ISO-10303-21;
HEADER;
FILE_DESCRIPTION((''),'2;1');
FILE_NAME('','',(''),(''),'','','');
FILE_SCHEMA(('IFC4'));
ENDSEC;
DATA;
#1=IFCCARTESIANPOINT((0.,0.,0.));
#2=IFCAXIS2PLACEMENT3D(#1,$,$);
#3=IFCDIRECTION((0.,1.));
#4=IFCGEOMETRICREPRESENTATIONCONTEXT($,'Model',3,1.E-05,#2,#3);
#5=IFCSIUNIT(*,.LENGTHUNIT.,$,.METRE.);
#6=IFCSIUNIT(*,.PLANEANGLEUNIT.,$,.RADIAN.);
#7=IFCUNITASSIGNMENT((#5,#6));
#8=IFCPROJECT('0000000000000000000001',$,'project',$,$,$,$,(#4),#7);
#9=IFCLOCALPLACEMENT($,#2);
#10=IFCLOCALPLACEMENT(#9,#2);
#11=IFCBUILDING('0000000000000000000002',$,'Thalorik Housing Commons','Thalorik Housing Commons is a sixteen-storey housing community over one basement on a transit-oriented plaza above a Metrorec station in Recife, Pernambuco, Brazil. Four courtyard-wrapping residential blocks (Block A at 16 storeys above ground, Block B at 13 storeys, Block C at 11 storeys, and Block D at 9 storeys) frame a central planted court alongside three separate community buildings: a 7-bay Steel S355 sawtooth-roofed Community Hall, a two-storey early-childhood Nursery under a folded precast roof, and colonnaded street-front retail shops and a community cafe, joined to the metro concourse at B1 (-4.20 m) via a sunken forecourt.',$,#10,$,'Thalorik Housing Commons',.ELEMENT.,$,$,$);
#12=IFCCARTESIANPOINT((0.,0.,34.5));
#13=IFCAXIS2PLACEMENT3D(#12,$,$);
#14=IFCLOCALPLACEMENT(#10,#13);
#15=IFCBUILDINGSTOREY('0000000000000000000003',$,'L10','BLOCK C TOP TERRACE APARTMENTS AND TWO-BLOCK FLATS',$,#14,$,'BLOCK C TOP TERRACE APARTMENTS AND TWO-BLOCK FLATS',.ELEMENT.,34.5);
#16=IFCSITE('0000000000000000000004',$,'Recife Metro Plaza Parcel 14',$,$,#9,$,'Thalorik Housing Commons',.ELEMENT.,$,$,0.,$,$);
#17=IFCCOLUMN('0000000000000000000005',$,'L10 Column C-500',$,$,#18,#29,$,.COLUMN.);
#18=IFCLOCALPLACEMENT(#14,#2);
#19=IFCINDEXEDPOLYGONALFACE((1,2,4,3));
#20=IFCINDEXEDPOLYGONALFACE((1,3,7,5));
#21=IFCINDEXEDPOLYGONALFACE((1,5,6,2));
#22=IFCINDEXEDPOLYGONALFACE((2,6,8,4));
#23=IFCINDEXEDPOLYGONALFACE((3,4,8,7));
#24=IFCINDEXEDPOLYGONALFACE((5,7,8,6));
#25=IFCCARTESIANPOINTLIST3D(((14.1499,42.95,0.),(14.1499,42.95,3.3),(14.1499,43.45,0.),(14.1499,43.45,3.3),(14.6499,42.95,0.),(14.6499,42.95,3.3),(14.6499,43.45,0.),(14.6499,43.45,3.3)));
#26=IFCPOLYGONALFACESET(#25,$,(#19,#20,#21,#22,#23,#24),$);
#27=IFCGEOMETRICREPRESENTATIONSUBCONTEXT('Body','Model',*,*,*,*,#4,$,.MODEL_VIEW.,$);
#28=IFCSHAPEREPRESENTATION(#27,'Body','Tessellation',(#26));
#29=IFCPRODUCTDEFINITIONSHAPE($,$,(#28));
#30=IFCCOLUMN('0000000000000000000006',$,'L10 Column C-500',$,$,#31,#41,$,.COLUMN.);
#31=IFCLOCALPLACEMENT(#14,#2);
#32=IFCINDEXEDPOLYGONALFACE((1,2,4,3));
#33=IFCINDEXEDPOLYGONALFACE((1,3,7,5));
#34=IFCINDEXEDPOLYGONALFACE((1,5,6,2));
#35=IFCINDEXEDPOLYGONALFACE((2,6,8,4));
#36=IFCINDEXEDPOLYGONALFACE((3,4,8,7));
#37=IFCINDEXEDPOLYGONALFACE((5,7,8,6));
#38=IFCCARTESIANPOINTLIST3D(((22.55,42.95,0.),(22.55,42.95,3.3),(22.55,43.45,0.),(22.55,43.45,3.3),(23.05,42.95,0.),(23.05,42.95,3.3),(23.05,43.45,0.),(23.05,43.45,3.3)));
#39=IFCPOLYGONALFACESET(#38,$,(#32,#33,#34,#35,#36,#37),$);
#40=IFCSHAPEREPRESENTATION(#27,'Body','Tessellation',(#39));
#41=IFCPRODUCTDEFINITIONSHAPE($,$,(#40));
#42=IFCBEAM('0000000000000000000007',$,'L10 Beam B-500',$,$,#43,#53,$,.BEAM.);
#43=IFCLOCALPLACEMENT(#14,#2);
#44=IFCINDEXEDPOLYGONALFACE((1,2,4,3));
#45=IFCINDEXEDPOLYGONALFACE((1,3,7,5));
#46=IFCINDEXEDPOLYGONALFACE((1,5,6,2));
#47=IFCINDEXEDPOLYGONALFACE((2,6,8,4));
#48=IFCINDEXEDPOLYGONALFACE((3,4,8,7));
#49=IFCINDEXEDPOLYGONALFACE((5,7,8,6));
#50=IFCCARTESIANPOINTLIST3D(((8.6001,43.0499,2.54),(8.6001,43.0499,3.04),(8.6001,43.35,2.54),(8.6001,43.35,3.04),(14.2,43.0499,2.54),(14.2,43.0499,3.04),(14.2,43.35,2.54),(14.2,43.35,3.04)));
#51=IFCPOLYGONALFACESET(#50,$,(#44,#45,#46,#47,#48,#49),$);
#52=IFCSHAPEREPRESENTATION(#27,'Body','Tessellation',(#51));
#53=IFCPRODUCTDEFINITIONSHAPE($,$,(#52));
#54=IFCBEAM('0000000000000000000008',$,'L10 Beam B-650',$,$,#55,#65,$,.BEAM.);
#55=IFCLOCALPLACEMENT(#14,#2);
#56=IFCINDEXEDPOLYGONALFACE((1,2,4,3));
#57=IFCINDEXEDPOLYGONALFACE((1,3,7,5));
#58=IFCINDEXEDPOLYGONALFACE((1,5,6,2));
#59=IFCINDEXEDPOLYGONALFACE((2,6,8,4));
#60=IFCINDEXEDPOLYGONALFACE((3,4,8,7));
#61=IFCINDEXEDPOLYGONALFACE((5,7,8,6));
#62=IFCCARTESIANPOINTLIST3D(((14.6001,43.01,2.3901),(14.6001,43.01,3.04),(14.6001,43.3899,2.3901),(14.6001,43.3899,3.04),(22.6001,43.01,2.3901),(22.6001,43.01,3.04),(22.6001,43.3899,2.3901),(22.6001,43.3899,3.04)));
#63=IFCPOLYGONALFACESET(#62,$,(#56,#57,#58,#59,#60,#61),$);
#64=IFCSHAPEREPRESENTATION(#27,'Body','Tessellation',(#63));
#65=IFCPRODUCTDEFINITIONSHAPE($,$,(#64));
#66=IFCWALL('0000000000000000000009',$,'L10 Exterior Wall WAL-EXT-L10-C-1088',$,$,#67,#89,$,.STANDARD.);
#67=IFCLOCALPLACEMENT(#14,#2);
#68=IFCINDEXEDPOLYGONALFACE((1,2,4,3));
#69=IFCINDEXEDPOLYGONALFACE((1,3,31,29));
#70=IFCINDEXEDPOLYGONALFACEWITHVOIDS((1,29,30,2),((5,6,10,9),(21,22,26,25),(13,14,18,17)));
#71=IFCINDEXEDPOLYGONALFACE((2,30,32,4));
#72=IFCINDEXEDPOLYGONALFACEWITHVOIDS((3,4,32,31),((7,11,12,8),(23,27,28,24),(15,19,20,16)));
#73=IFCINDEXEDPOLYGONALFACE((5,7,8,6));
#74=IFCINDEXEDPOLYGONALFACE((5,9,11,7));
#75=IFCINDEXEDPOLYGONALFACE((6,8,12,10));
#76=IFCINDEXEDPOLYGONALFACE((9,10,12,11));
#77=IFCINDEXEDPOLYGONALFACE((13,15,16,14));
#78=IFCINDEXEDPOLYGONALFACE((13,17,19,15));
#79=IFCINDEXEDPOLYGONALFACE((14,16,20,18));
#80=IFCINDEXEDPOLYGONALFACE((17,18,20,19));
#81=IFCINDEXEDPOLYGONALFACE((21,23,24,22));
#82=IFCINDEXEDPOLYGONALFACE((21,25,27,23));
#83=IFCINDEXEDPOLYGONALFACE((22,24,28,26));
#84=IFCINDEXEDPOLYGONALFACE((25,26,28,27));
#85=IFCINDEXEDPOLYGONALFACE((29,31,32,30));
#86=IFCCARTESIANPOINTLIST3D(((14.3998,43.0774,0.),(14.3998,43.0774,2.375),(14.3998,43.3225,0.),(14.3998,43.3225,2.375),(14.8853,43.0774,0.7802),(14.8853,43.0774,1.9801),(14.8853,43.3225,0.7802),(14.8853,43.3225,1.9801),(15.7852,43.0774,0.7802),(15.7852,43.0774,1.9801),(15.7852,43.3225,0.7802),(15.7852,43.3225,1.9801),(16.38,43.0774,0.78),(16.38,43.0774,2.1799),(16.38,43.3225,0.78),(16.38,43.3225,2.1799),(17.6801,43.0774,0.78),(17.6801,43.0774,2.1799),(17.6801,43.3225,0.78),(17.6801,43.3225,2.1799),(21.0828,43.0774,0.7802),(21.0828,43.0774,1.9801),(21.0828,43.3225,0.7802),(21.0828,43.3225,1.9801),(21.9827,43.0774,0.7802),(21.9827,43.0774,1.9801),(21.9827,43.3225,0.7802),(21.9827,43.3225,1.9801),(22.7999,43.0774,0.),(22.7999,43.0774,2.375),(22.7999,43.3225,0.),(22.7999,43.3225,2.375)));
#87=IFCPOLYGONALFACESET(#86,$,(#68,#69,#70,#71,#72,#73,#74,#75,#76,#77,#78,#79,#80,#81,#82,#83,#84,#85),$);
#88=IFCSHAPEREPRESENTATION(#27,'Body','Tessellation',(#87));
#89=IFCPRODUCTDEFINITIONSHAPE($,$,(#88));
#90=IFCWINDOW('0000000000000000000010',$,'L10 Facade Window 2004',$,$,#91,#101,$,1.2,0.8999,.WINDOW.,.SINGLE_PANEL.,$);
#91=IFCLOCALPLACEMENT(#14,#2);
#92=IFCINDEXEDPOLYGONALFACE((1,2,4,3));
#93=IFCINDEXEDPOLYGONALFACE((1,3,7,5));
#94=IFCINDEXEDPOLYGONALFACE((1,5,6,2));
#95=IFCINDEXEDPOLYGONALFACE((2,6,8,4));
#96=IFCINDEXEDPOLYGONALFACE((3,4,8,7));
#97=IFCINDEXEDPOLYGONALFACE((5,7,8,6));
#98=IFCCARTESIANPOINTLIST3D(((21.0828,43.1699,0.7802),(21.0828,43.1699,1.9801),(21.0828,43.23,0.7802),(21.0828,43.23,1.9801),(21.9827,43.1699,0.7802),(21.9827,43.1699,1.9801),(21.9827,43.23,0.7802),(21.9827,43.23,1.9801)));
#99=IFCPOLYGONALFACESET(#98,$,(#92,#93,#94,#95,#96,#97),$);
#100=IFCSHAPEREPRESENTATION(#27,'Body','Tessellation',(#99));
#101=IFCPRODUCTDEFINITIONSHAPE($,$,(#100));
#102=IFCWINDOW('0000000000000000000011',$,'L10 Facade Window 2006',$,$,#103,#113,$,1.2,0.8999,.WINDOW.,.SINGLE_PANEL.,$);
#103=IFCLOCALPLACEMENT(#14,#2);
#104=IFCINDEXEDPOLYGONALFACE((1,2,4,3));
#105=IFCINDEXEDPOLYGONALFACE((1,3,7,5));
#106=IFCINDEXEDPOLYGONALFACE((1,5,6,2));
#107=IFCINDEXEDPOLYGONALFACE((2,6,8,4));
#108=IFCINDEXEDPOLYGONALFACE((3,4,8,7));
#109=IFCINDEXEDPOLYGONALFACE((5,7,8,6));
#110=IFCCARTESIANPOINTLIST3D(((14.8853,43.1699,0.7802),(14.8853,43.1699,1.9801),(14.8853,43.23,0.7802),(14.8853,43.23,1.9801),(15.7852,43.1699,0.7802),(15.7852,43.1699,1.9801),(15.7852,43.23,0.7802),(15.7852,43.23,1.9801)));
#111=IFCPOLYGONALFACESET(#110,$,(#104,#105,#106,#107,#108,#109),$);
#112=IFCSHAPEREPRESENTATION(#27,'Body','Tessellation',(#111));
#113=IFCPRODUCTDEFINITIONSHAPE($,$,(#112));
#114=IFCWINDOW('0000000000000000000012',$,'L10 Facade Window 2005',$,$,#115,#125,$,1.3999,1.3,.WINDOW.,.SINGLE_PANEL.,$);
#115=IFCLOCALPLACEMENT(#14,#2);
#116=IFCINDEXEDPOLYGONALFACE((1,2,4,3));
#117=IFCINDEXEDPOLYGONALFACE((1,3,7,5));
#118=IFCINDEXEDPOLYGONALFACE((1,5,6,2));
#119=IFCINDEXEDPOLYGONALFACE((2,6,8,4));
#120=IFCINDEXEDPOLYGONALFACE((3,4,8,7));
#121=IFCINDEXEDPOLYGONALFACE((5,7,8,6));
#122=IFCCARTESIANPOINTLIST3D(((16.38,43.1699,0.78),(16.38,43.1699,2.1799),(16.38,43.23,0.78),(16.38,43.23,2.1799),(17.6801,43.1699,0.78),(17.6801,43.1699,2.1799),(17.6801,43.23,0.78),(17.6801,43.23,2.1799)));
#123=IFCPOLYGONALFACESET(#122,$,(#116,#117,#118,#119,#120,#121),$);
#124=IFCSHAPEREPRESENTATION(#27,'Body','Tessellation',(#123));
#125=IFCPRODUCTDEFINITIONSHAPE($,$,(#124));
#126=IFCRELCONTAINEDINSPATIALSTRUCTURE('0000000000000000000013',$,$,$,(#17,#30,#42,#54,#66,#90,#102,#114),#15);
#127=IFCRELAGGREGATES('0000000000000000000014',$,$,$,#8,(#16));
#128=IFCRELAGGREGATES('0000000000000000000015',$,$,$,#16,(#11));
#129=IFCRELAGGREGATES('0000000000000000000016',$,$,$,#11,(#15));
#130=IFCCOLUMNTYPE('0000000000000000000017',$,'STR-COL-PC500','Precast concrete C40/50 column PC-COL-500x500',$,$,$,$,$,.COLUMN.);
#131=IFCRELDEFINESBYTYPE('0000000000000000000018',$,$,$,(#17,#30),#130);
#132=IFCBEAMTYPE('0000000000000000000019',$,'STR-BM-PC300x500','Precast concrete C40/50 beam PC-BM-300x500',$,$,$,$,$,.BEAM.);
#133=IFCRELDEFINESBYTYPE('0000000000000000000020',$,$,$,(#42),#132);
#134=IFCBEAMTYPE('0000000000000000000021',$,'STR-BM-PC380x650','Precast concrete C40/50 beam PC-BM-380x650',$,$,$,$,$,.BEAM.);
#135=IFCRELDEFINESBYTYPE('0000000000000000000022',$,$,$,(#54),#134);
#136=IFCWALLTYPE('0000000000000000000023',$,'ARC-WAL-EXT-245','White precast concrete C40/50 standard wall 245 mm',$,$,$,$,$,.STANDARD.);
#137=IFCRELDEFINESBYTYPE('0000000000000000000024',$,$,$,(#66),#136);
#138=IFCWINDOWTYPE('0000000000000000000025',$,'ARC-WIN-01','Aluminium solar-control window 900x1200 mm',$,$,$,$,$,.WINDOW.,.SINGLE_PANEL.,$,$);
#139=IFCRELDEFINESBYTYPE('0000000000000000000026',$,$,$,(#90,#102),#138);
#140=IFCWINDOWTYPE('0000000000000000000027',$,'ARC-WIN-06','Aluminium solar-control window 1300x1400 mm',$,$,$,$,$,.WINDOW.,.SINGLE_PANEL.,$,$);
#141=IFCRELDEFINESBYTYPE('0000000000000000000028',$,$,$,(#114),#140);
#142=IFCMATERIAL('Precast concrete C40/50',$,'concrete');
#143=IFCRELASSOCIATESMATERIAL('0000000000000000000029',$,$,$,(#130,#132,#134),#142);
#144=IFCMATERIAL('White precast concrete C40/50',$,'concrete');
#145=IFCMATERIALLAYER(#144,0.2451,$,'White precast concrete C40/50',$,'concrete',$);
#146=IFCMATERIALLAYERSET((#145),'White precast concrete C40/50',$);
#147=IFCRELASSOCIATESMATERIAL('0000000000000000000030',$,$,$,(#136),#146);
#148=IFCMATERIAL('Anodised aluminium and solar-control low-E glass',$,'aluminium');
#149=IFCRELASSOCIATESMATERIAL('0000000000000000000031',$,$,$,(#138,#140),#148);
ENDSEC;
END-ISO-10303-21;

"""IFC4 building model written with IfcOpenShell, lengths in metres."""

from ifc_helpers import new_model, si_unit, direction, frame, frame_2d, origin, origin_2d, place, context, subcontext, project, spatial, rectangle, extrude, material, layer, layer_set, material_profile, profile_set, type_object, element, fill, save


model = new_model("IFC4")

# Units and contexts
model_context = context("Model", 3, precision=1e-05, world=origin(), true_north=direction((0.0, 1.0)))
body_context = subcontext(model_context, "Body", "Model", "MODEL_VIEW")
ifc_project = project(units=[si_unit("LENGTHUNIT", "METRE"), si_unit("PLANEANGLEUNIT", "RADIAN")], contexts=[model_context])

# Site, building, storey
site_placement = place(None, origin())
site = spatial("IfcSite", under=ifc_project, at=site_placement, Name="Recife Metro Plaza Parcel 14", LongName="Thalorik Housing Commons", CompositionType="ELEMENT", RefElevation=0.0)
building_placement = place(site_placement, origin())
building = spatial("IfcBuilding", under=site, at=building_placement, Name="Thalorik Housing Commons", Description="Thalorik Housing Commons is a sixteen-storey housing community over one basement on a transit-oriented plaza above a Metrorec station in Recife, Pernambuco, Brazil. Four courtyard-wrapping residential blocks (Block A at 16 storeys above ground, Block B at 13 storeys, Block C at 11 storeys, and Block D at 9 storeys) frame a central planted court alongside three separate community buildings: a 7-bay Steel S355 sawtooth-roofed Community Hall, a two-storey early-childhood Nursery under a folded precast roof, and colonnaded street-front retail shops and a community cafe, joined to the metro concourse at B1 (-4.20 m) via a sunken forecourt.", LongName="Thalorik Housing Commons", CompositionType="ELEMENT")
storey_placement = place(building_placement, frame((0.0, 0.0, 34.5)))
storey = spatial("IfcBuildingStorey", under=building, at=storey_placement, Name="L10", Description="BLOCK C TOP TERRACE APARTMENTS AND TWO-BLOCK FLATS", LongName="BLOCK C TOP TERRACE APARTMENTS AND TWO-BLOCK FLATS", CompositionType="ELEMENT", Elevation=34.5)

# Columns
ifc_material_1 = material(Name="Precast concrete C40/50", Category="concrete")
ifc_material_profile_1 = material_profile(ifc_material_1, rectangle(XDim=0.5, YDim=0.5, at=origin_2d()), Name="PC 500x500", Category="concrete")
ifc_profile_set_1 = profile_set([ifc_material_profile_1], Name="Precast concrete C40/50")
column_type = type_object("IfcColumnType", Name="STR-COL-PC500", Description="Precast concrete C40/50 column PC-COL-500x500", PredefinedType="COLUMN", material=ifc_profile_set_1)
for number, where, z_axis, x_axis, name in (
    (1, (14.3999, 43.2, 0.0), (0.0, 0.0, 1.0), (1.0, 0.0, 0.0), "L10 Column C-500"),
    (2, (22.8, 43.2, 0.0), (0.0, 0.0, 1.0), (1.0, 0.0, 0.0), "L10 Column C-500"),
):
    element("IfcColumn", number, at=place(storey_placement, frame(where, z_axis=z_axis, x_axis=x_axis)), inside=storey, type_object=column_type, Name=name, PredefinedType="COLUMN", context=body_context, shape_type="SweptSolid", body=[
        extrude(rectangle(XDim=0.5, YDim=0.5, at=origin_2d()), origin(), (0.0, 0.0, 1.0), 3.3),
    ])

# Beams
ifc_material_profile_2 = material_profile(ifc_material_1, rectangle(XDim=0.3, YDim=0.5, at=origin_2d()), Name="PC 300x500", Category="concrete")
ifc_profile_set_2 = profile_set([ifc_material_profile_2], Name="Precast concrete C40/50")
beam_type_1 = type_object("IfcBeamType", Name="STR-BM-PC300x500", Description="Precast concrete C40/50 beam PC-BM-300x500", PredefinedType="BEAM", material=ifc_profile_set_2)
beam_1_placement = place(storey_placement, frame((8.6001, 43.2, 2.79), z_axis=(1.0, 0.0, 0.0), x_axis=(0.0, 1.0, 0.0)))
element("IfcBeam", 3, at=beam_1_placement, inside=storey, type_object=beam_type_1, Name="L10 Beam B-500", PredefinedType="BEAM", context=body_context, shape_type="SweptSolid", body=[
    extrude(rectangle(XDim=0.3, YDim=0.5, at=origin_2d()), origin(), (0.0, 0.0, 1.0), 5.5999),
])
ifc_material_profile_3 = material_profile(ifc_material_1, rectangle(XDim=0.3799, YDim=0.6499, at=origin_2d()), Name="PC 380x650", Category="concrete")
ifc_profile_set_3 = profile_set([ifc_material_profile_3], Name="Precast concrete C40/50")
beam_type_2 = type_object("IfcBeamType", Name="STR-BM-PC380x650", Description="Precast concrete C40/50 beam PC-BM-380x650", PredefinedType="BEAM", material=ifc_profile_set_3)
beam_2_placement = place(storey_placement, frame((14.6001, 43.2, 2.7151), z_axis=(1.0, 0.0, 0.0), x_axis=(0.0, 1.0, 0.0)))
element("IfcBeam", 4, at=beam_2_placement, inside=storey, type_object=beam_type_2, Name="L10 Beam B-650", PredefinedType="BEAM", context=body_context, shape_type="SweptSolid", body=[
    extrude(rectangle(XDim=0.3799, YDim=0.6499, at=origin_2d()), origin(), (0.0, 0.0, 1.0), 8.0),
])

# Wall, openings, windows
ifc_material_2 = material(Name="White precast concrete C40/50", Category="concrete")
ifc_layer_1 = layer(ifc_material_2, 0.2451, Name="White precast concrete C40/50", Category="concrete")
ifc_layer_set_1 = layer_set([ifc_layer_1], Name="White precast concrete C40/50")
wall_type_1 = type_object("IfcWallType", Name="ARC-WAL-EXT-245", Description="White precast concrete C40/50 standard wall 245 mm", PredefinedType="STANDARD", material=ifc_layer_set_1)
wall_1_placement = place(storey_placement, frame((22.8, 43.2, 0.0), z_axis=(0.0, 0.0, 1.0), x_axis=(-1.0, 0.0, 0.0)))
wall_1 = element("IfcWall", 5, at=wall_1_placement, inside=storey, type_object=wall_type_1, Name="L10 Exterior Wall WAL-EXT-L10-C-1088", PredefinedType="STANDARD", context=body_context, shape_type="SweptSolid", body=[
    extrude(rectangle(XDim=8.4001, YDim=0.2451, at=frame_2d((4.2002, 0.0))), origin(), (0.0, 0.0, 1.0), 2.375),
])
opening_1_placement = place(wall_1_placement, frame((0.8174, 0.0, 0.78)))
opening_1 = element("IfcOpeningElement", 6, at=opening_1_placement, cuts=wall_1, PredefinedType="OPENING", context=body_context, shape_type="SweptSolid", body=[
    extrude(rectangle(XDim=0.8999, YDim=1.2, at=frame_2d((0.45, 0.6001))), frame((0.0, 0.1326, 0.0), z_axis=(0.0, -1.0, 0.0), x_axis=(1.0, 0.0, 0.0)), (0.0, 0.0, 1.0), 0.2651),
])
opening_2_placement = place(wall_1_placement, frame((5.1201, 0.0, 0.78)))
opening_2 = element("IfcOpeningElement", 7, at=opening_2_placement, cuts=wall_1, PredefinedType="OPENING", context=body_context, shape_type="SweptSolid", body=[
    extrude(rectangle(XDim=1.3, YDim=1.3999, at=frame_2d((0.6499, 0.7))), frame((0.0, 0.1326, 0.0), z_axis=(0.0, -1.0, 0.0), x_axis=(1.0, 0.0, 0.0)), (0.0, 0.0, 1.0), 0.2651),
])
opening_3_placement = place(wall_1_placement, frame((7.0149, 0.0, 0.78)))
opening_3 = element("IfcOpeningElement", 8, at=opening_3_placement, cuts=wall_1, PredefinedType="OPENING", context=body_context, shape_type="SweptSolid", body=[
    extrude(rectangle(XDim=0.8999, YDim=1.2, at=frame_2d((0.45, 0.6001))), frame((0.0, 0.1326, 0.0), z_axis=(0.0, -1.0, 0.0), x_axis=(1.0, 0.0, 0.0)), (0.0, 0.0, 1.0), 0.2651),
])
ifc_material_3 = material(Name="Anodised aluminium and solar-control low-E glass", Category="aluminium")
window_type_1 = type_object("IfcWindowType", Name="ARC-WIN-01", Description="Aluminium solar-control window 900x1200 mm", PartitioningType="SINGLE_PANEL", PredefinedType="WINDOW", material=ifc_material_3)
window_1_placement = place(opening_1_placement, origin())
window_1 = element("IfcWindow", 9, at=window_1_placement, inside=storey, type_object=window_type_1, Name="L10 Facade Window 2004", OverallHeight=1.2, OverallWidth=0.8999, PartitioningType="SINGLE_PANEL", PredefinedType="WINDOW", context=body_context, shape_type="SweptSolid", body=[
    extrude(rectangle(XDim=0.8999, YDim=1.2, at=frame_2d((0.45, 0.6001))), frame((0.0, 0.03, 0.0), z_axis=(0.0, -1.0, 0.0), x_axis=(1.0, 0.0, 0.0)), (0.0, 0.0, 1.0), 0.0601),
])
fill(opening_1, window_1)
window_2_placement = place(opening_3_placement, origin())
window_2 = element("IfcWindow", 10, at=window_2_placement, inside=storey, type_object=window_type_1, Name="L10 Facade Window 2006", OverallHeight=1.2, OverallWidth=0.8999, PartitioningType="SINGLE_PANEL", PredefinedType="WINDOW", context=body_context, shape_type="SweptSolid", body=[
    extrude(rectangle(XDim=0.8999, YDim=1.2, at=frame_2d((0.45, 0.6001))), frame((0.0, 0.03, 0.0), z_axis=(0.0, -1.0, 0.0), x_axis=(1.0, 0.0, 0.0)), (0.0, 0.0, 1.0), 0.0601),
])
fill(opening_3, window_2)
window_type_2 = type_object("IfcWindowType", Name="ARC-WIN-06", Description="Aluminium solar-control window 1300x1400 mm", PartitioningType="SINGLE_PANEL", PredefinedType="WINDOW", material=ifc_material_3)
window_3_placement = place(opening_2_placement, origin())
window_3 = element("IfcWindow", 11, at=window_3_placement, inside=storey, type_object=window_type_2, Name="L10 Facade Window 2005", OverallHeight=1.3999, OverallWidth=1.3, PartitioningType="SINGLE_PANEL", PredefinedType="WINDOW", context=body_context, shape_type="SweptSolid", body=[
    extrude(rectangle(XDim=1.3, YDim=1.3999, at=frame_2d((0.6499, 0.7))), frame((0.0, 0.03, 0.0), z_axis=(0.0, -1.0, 0.0), x_axis=(1.0, 0.0, 0.0)), (0.0, 0.0, 1.0), 0.0601),
])
fill(opening_2, window_3)

save(model, "model.ifc")
